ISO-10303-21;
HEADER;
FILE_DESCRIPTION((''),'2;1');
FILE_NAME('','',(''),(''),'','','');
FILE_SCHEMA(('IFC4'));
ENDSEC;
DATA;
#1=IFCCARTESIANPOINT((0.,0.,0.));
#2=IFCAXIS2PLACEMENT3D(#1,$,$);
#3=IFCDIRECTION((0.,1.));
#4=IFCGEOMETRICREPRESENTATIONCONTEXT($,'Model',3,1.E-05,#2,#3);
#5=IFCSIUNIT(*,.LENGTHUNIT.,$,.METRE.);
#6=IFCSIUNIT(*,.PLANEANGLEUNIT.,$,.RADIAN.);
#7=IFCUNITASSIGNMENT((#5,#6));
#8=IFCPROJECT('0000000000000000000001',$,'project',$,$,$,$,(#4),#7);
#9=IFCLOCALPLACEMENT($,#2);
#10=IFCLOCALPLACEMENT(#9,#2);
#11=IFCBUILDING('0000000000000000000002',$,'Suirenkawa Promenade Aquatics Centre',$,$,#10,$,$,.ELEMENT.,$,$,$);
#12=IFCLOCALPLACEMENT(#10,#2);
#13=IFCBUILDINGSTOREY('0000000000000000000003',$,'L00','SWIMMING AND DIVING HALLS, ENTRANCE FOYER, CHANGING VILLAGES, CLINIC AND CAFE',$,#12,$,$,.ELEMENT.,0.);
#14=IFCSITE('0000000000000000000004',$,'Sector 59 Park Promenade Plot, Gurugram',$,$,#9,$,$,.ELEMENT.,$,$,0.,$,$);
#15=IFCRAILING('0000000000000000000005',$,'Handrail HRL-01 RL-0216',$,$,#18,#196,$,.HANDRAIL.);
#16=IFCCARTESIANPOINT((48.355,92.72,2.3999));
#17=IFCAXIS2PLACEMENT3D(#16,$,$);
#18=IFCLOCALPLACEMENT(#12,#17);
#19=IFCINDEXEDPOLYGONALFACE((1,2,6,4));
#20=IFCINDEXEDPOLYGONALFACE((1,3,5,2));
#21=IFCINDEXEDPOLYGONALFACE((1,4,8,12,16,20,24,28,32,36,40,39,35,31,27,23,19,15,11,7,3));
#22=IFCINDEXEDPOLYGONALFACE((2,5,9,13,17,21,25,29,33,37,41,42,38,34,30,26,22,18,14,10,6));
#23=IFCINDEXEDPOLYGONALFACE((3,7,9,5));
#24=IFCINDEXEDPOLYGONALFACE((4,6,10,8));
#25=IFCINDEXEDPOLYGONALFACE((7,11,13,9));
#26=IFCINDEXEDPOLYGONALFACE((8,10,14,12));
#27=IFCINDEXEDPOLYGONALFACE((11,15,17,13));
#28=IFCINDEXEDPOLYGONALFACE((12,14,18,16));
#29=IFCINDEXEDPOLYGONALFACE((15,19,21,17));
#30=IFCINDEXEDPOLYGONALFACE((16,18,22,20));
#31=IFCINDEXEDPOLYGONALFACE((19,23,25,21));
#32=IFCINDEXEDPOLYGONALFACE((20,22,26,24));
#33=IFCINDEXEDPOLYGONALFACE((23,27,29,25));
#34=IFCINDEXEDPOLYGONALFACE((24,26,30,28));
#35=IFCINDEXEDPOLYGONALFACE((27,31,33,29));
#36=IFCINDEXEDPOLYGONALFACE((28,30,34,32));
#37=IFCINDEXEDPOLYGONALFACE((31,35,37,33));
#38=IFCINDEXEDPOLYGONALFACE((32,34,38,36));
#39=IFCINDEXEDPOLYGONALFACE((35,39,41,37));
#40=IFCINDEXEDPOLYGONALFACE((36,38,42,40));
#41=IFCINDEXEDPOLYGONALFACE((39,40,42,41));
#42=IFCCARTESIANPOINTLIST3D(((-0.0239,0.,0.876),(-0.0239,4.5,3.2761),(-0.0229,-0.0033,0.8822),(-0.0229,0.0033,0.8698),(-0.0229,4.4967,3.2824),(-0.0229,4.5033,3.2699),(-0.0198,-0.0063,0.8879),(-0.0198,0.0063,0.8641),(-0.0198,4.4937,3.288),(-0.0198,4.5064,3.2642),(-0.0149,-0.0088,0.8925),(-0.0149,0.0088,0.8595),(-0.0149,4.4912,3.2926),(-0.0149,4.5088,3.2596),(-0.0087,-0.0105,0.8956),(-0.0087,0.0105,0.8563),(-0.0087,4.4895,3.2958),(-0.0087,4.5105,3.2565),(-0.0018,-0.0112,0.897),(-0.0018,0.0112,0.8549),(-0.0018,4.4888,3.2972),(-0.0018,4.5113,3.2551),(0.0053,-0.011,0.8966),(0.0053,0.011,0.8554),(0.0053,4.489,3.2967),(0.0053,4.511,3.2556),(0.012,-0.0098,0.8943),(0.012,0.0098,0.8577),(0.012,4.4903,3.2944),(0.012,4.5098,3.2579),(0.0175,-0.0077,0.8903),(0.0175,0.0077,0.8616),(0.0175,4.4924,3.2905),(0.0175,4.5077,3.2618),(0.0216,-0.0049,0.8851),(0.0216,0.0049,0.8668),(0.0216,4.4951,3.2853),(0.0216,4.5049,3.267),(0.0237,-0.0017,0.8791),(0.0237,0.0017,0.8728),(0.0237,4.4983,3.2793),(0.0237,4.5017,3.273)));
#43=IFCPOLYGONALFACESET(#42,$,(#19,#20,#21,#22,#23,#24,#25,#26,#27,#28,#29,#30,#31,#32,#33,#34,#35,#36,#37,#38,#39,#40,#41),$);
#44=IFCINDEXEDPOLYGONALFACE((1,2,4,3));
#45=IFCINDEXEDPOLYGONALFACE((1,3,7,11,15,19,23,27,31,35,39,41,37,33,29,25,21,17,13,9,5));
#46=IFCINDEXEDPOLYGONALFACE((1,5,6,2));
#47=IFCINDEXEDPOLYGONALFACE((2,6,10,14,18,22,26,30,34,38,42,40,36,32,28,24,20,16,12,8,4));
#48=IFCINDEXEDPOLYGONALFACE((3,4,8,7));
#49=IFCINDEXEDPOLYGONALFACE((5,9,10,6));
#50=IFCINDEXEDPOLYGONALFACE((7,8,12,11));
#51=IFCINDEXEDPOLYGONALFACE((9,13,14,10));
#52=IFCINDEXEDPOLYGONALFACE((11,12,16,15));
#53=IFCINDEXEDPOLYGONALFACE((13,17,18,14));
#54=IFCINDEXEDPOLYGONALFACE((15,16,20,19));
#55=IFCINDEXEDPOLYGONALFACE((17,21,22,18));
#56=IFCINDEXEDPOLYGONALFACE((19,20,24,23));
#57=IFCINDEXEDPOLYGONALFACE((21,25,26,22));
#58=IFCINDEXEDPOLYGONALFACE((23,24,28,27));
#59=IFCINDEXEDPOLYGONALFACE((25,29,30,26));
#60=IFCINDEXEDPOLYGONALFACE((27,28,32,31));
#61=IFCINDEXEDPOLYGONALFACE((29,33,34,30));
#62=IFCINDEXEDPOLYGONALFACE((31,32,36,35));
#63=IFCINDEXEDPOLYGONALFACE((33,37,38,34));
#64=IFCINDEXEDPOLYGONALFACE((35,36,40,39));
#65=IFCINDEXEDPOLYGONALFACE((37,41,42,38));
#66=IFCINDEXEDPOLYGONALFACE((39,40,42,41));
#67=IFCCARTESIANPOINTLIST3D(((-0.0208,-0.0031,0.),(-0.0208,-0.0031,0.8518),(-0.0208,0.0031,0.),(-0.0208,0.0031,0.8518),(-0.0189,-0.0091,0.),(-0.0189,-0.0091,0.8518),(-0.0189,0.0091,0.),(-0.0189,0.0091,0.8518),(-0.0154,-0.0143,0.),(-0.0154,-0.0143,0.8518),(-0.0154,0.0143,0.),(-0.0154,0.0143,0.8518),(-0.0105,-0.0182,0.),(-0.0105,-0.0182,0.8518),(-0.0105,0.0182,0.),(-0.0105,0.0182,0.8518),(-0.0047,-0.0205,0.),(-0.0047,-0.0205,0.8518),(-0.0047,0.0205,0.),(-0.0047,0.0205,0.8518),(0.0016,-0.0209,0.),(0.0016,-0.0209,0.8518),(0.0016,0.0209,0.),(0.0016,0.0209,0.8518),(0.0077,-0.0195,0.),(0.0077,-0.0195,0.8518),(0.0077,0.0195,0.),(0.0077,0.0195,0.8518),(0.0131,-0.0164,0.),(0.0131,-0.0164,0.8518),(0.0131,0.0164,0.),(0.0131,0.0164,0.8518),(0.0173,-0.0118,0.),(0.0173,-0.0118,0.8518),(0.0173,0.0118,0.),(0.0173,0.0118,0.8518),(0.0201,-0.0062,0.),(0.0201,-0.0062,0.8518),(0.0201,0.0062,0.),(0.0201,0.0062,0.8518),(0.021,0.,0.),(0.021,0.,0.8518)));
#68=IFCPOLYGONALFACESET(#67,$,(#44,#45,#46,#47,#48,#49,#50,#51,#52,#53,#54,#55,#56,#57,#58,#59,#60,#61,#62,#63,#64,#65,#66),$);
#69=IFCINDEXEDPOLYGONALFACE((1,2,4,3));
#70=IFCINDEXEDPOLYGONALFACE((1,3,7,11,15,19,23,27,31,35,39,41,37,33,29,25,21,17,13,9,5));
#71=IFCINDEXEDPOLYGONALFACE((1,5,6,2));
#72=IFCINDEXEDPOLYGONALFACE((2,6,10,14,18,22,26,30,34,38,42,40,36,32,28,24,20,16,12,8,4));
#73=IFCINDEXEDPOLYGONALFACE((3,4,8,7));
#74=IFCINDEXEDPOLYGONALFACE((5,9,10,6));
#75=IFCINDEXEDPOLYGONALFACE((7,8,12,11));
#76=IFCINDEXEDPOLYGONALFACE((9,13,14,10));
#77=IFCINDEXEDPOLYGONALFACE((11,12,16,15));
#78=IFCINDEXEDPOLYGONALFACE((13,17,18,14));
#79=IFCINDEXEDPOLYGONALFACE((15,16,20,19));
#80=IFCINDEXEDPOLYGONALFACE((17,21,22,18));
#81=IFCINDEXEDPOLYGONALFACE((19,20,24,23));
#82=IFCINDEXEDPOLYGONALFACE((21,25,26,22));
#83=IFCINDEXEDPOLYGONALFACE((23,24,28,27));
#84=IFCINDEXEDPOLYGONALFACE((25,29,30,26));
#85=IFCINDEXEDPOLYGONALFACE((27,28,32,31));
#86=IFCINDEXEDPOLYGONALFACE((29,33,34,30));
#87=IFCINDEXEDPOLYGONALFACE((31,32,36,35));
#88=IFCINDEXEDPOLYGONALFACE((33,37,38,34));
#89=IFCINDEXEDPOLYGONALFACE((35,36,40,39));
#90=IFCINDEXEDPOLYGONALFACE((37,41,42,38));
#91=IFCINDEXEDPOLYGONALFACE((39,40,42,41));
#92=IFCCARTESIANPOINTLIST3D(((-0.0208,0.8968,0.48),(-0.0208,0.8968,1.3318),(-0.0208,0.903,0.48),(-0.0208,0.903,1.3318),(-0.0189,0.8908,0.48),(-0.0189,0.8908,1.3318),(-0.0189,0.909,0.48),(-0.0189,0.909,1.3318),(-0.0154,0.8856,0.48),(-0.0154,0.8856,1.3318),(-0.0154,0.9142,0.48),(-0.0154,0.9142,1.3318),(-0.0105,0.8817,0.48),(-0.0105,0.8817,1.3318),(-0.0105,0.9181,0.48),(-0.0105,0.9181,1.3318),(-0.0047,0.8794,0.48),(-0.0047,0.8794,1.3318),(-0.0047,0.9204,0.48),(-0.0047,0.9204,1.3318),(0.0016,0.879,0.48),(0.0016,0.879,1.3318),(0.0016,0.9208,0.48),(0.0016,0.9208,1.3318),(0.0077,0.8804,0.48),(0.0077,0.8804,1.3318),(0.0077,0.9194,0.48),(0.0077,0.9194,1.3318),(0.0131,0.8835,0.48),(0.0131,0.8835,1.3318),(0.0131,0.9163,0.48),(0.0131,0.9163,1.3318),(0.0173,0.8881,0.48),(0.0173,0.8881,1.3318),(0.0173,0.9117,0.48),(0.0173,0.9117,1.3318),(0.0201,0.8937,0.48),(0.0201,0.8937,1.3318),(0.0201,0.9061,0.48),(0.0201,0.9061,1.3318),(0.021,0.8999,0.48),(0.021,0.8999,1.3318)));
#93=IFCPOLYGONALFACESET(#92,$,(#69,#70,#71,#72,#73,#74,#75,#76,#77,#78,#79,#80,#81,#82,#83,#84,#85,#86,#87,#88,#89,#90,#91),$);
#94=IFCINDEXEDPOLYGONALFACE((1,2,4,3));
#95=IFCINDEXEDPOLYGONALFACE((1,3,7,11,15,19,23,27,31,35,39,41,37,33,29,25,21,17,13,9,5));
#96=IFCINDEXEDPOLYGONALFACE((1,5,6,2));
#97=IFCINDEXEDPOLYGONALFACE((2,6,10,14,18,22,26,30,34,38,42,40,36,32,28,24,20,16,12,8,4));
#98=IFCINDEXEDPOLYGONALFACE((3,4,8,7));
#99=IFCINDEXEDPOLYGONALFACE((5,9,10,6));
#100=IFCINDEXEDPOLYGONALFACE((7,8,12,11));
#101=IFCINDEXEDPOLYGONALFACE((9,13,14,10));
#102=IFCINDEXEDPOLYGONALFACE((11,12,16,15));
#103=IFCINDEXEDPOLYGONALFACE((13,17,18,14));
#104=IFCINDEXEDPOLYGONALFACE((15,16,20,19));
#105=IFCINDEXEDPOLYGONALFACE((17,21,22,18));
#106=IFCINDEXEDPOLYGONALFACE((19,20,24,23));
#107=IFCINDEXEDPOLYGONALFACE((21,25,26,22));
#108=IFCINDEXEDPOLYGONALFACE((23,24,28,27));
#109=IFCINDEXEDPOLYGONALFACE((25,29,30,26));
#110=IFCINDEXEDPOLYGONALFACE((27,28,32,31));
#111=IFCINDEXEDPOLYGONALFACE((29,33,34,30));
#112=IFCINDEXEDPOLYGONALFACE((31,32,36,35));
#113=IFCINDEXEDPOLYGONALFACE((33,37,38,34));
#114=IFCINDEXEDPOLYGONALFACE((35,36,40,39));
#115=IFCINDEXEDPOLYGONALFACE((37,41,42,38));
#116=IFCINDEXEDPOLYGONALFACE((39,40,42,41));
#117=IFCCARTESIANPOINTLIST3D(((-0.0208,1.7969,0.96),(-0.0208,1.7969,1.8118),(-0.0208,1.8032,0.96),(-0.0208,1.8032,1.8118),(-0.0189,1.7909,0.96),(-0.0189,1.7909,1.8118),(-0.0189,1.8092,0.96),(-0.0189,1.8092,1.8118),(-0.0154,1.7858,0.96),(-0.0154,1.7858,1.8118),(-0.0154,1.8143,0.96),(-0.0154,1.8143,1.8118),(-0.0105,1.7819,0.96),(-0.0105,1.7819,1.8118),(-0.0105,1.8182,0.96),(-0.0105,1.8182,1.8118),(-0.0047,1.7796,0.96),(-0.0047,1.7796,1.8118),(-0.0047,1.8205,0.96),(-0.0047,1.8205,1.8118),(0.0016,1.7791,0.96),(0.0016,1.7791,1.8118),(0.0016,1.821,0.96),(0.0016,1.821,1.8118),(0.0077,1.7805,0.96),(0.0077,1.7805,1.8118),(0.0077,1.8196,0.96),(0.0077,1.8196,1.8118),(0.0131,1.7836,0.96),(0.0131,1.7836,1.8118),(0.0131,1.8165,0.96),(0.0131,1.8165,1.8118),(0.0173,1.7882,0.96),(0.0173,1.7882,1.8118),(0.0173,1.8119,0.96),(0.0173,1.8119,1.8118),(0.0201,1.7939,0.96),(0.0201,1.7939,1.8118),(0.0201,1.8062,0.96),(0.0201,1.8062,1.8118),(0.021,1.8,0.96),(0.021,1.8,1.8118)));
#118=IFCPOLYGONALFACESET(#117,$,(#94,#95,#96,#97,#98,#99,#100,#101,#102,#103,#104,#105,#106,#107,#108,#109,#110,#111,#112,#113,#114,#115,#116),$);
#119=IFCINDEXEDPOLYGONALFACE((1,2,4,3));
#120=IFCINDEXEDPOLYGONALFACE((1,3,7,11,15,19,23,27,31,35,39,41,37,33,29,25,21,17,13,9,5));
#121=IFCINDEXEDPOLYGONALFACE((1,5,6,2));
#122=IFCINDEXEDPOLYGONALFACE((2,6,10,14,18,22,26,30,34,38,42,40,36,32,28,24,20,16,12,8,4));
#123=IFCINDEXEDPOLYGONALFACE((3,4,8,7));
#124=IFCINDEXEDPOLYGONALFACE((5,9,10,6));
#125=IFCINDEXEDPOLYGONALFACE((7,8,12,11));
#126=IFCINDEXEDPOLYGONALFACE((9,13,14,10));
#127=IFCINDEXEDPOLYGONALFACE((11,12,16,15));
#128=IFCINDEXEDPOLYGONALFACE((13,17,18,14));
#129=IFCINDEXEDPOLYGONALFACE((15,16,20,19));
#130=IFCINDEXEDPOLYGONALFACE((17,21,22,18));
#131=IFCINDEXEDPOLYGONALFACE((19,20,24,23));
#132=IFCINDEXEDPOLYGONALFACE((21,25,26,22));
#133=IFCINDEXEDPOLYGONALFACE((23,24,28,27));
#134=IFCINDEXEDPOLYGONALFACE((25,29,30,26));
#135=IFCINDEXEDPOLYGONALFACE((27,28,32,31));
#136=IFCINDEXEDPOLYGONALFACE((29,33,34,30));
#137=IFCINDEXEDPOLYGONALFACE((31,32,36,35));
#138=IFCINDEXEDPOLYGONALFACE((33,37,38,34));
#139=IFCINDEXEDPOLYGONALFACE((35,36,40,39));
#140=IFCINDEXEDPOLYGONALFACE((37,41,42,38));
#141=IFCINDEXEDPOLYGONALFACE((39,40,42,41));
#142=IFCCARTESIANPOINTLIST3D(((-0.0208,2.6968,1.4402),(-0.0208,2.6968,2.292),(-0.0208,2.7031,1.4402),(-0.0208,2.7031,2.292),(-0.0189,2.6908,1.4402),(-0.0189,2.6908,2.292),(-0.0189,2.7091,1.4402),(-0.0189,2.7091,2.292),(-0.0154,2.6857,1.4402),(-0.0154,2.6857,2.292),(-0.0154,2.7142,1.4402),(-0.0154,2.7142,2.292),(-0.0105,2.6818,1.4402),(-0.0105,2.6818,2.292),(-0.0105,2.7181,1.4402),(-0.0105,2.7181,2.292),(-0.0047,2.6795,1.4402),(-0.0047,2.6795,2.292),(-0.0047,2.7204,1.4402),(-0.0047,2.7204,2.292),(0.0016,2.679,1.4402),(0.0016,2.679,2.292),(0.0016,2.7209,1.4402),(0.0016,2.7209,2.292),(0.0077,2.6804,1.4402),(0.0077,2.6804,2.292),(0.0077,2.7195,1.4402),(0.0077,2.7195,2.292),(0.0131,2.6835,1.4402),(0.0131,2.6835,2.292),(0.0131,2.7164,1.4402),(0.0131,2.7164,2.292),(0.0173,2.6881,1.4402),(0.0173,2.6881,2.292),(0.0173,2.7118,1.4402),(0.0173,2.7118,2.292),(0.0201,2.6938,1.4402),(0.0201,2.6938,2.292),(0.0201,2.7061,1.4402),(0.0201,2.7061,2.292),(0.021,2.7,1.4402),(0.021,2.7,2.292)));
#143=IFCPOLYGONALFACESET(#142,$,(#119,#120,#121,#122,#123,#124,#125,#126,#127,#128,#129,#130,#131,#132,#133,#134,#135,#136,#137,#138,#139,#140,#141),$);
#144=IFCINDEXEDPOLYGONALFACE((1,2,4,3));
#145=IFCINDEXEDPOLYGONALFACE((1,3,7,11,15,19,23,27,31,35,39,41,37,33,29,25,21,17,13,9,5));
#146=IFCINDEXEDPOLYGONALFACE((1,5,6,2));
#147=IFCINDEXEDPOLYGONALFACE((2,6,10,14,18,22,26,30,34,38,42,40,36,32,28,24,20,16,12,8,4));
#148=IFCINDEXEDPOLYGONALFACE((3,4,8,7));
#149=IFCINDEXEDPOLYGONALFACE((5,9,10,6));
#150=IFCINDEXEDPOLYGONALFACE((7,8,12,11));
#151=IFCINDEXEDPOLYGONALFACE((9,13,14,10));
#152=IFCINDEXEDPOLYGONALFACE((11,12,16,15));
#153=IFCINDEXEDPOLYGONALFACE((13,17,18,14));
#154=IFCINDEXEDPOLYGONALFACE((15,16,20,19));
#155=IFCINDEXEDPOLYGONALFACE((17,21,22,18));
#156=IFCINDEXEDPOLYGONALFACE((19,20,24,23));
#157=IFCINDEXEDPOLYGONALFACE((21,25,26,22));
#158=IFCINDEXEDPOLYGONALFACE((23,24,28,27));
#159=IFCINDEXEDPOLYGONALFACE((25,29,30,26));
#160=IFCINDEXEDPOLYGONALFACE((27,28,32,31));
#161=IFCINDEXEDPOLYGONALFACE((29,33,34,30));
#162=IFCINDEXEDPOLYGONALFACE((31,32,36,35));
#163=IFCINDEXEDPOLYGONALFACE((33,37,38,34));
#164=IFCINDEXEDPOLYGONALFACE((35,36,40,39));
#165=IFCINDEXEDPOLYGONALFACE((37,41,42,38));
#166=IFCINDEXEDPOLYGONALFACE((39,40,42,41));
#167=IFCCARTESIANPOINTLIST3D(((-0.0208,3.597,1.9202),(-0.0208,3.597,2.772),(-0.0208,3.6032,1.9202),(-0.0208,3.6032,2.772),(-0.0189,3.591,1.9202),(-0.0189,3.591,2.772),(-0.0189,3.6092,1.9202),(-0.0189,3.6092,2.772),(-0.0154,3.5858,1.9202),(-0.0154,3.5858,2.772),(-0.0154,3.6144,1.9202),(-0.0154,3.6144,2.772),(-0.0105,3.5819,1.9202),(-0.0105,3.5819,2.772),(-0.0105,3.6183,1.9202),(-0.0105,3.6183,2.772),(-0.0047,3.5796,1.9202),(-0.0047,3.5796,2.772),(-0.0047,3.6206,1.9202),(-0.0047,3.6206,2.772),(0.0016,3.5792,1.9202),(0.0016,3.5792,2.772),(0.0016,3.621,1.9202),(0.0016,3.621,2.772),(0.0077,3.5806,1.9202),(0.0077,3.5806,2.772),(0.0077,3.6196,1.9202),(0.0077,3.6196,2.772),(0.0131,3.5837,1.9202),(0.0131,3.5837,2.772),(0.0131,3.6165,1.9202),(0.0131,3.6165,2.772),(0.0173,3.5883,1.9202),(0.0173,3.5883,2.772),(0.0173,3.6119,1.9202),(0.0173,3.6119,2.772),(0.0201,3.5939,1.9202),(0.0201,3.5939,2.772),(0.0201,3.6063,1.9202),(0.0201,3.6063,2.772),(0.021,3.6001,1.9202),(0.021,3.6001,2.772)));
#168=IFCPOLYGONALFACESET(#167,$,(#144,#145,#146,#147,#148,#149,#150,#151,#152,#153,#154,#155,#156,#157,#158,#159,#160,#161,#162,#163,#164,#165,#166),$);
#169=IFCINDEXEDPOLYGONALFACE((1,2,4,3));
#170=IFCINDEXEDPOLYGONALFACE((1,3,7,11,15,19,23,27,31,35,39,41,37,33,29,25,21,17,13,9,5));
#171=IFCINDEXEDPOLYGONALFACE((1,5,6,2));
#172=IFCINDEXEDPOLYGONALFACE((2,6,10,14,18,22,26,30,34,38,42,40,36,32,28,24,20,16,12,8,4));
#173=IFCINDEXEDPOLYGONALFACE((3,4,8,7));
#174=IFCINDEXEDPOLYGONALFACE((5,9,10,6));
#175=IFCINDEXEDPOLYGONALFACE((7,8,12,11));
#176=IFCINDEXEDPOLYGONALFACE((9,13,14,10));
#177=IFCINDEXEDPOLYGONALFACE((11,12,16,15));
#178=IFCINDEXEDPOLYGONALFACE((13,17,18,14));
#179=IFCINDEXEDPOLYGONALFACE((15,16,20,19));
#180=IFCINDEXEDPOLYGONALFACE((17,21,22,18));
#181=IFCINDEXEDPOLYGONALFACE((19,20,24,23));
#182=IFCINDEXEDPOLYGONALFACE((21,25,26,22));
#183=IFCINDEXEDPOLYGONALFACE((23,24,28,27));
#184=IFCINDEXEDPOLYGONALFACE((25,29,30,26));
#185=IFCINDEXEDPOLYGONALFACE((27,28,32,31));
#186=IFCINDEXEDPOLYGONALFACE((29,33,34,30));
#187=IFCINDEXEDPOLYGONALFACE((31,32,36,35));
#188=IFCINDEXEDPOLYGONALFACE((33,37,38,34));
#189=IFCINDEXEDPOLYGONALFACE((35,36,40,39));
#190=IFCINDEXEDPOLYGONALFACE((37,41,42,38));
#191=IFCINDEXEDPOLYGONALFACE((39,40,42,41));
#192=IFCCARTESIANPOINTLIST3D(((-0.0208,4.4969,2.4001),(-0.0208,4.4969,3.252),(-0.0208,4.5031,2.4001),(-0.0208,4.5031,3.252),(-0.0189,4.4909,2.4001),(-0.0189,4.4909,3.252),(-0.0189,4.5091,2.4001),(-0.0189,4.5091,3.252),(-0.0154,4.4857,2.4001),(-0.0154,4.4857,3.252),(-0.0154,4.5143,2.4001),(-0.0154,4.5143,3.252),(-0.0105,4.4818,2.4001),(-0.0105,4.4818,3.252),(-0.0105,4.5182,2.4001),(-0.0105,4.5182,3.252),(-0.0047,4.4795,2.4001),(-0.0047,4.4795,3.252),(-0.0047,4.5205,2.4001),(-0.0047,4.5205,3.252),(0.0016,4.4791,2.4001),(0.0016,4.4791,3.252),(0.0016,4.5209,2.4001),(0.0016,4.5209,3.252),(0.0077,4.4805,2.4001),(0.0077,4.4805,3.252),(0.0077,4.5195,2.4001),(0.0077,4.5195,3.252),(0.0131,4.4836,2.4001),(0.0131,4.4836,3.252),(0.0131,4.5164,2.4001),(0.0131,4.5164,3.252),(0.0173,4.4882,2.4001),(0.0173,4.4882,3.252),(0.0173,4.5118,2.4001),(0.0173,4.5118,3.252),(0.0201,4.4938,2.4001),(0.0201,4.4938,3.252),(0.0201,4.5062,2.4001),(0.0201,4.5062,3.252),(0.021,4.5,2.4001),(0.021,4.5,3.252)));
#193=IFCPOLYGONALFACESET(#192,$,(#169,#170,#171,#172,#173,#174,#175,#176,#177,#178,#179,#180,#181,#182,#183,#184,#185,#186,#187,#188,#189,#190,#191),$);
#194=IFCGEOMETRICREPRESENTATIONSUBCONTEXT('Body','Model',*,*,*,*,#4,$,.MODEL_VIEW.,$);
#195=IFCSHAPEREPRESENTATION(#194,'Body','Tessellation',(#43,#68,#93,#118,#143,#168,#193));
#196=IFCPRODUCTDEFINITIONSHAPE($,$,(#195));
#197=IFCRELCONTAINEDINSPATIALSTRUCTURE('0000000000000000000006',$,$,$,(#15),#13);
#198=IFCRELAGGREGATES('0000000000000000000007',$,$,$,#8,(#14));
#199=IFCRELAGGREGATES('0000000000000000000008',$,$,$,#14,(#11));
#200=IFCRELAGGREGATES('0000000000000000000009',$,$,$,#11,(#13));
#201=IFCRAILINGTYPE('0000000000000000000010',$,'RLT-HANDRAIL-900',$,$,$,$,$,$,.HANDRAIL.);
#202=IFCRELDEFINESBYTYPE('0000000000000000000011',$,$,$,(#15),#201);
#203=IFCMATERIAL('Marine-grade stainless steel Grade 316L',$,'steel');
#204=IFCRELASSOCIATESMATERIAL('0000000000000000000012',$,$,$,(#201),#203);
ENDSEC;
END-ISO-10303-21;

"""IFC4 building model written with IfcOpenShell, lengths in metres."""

from ifc_helpers import new_model, si_unit, direction, frame, origin, origin_2d, place, context, subcontext, project, spatial, circle, extrude, material, type_object, element, save


model = new_model("IFC4")

# Units and contexts
model_context = context("Model", 3, precision=1e-05, world=origin(), true_north=direction((0.0, 1.0)))
body_context = subcontext(model_context, "Body", "Model", "MODEL_VIEW")
ifc_project = project(units=[si_unit("LENGTHUNIT", "METRE"), si_unit("PLANEANGLEUNIT", "RADIAN")], contexts=[model_context])

# Site, building, storey
site_placement = place(None, origin())
site = spatial("IfcSite", under=ifc_project, at=site_placement, Name="Sector 59 Park Promenade Plot, Gurugram", CompositionType="ELEMENT", RefElevation=0.0)
building_placement = place(site_placement, origin())
building = spatial("IfcBuilding", under=site, at=building_placement, Name="Suirenkawa Promenade Aquatics Centre", CompositionType="ELEMENT")
storey_placement = place(building_placement, origin())
storey = spatial("IfcBuildingStorey", under=building, at=storey_placement, Name="L00", Description="SWIMMING AND DIVING HALLS, ENTRANCE FOYER, CHANGING VILLAGES, CLINIC AND CAFE", CompositionType="ELEMENT", Elevation=0.0)

# Railing
ifc_material_1 = material(Name="Marine-grade stainless steel Grade 316L", Category="steel")
railing_type_1 = type_object("IfcRailingType", Name="RLT-HANDRAIL-900", PredefinedType="HANDRAIL", material=ifc_material_1)
for number, where, name in (
    (1, (48.355, 92.72, 2.3999), "Handrail HRL-01 RL-0216"),
):
    element("IfcRailing", number, at=place(storey_placement, frame(where)), inside=storey, type_object=railing_type_1, Name=name, PredefinedType="HANDRAIL", context=body_context, shape_type="SweptSolid", body=[
        extrude(circle(Radius=0.0239, at=origin_2d()), frame((0.0, 0.0, 0.876), z_axis=(0.0, 0.882341, 0.470611), x_axis=(-1.0, 0.0, 0.0)), (0.0, 0.0, 1.0), 5.1001),
        extrude(circle(Radius=0.021, at=origin_2d()), origin(), (0.0, 0.0, 1.0), 0.8518),
        extrude(circle(Radius=0.021, at=origin_2d()), frame((0.0, 0.8999, 0.48)), (0.0, 0.0, 1.0), 0.8518),
        extrude(circle(Radius=0.021, at=origin_2d()), frame((0.0, 1.8, 0.96)), (0.0, 0.0, 1.0), 0.8518),
        extrude(circle(Radius=0.021, at=origin_2d()), frame((0.0, 2.7, 1.4402)), (0.0, 0.0, 1.0), 0.8518),
        extrude(circle(Radius=0.021, at=origin_2d()), frame((0.0, 3.6001, 1.9202)), (0.0, 0.0, 1.0), 0.8518),
        extrude(circle(Radius=0.021, at=origin_2d()), frame((0.0, 4.5, 2.4001)), (0.0, 0.0, 1.0), 0.8518),
    ])

save(model, "model.ifc")
